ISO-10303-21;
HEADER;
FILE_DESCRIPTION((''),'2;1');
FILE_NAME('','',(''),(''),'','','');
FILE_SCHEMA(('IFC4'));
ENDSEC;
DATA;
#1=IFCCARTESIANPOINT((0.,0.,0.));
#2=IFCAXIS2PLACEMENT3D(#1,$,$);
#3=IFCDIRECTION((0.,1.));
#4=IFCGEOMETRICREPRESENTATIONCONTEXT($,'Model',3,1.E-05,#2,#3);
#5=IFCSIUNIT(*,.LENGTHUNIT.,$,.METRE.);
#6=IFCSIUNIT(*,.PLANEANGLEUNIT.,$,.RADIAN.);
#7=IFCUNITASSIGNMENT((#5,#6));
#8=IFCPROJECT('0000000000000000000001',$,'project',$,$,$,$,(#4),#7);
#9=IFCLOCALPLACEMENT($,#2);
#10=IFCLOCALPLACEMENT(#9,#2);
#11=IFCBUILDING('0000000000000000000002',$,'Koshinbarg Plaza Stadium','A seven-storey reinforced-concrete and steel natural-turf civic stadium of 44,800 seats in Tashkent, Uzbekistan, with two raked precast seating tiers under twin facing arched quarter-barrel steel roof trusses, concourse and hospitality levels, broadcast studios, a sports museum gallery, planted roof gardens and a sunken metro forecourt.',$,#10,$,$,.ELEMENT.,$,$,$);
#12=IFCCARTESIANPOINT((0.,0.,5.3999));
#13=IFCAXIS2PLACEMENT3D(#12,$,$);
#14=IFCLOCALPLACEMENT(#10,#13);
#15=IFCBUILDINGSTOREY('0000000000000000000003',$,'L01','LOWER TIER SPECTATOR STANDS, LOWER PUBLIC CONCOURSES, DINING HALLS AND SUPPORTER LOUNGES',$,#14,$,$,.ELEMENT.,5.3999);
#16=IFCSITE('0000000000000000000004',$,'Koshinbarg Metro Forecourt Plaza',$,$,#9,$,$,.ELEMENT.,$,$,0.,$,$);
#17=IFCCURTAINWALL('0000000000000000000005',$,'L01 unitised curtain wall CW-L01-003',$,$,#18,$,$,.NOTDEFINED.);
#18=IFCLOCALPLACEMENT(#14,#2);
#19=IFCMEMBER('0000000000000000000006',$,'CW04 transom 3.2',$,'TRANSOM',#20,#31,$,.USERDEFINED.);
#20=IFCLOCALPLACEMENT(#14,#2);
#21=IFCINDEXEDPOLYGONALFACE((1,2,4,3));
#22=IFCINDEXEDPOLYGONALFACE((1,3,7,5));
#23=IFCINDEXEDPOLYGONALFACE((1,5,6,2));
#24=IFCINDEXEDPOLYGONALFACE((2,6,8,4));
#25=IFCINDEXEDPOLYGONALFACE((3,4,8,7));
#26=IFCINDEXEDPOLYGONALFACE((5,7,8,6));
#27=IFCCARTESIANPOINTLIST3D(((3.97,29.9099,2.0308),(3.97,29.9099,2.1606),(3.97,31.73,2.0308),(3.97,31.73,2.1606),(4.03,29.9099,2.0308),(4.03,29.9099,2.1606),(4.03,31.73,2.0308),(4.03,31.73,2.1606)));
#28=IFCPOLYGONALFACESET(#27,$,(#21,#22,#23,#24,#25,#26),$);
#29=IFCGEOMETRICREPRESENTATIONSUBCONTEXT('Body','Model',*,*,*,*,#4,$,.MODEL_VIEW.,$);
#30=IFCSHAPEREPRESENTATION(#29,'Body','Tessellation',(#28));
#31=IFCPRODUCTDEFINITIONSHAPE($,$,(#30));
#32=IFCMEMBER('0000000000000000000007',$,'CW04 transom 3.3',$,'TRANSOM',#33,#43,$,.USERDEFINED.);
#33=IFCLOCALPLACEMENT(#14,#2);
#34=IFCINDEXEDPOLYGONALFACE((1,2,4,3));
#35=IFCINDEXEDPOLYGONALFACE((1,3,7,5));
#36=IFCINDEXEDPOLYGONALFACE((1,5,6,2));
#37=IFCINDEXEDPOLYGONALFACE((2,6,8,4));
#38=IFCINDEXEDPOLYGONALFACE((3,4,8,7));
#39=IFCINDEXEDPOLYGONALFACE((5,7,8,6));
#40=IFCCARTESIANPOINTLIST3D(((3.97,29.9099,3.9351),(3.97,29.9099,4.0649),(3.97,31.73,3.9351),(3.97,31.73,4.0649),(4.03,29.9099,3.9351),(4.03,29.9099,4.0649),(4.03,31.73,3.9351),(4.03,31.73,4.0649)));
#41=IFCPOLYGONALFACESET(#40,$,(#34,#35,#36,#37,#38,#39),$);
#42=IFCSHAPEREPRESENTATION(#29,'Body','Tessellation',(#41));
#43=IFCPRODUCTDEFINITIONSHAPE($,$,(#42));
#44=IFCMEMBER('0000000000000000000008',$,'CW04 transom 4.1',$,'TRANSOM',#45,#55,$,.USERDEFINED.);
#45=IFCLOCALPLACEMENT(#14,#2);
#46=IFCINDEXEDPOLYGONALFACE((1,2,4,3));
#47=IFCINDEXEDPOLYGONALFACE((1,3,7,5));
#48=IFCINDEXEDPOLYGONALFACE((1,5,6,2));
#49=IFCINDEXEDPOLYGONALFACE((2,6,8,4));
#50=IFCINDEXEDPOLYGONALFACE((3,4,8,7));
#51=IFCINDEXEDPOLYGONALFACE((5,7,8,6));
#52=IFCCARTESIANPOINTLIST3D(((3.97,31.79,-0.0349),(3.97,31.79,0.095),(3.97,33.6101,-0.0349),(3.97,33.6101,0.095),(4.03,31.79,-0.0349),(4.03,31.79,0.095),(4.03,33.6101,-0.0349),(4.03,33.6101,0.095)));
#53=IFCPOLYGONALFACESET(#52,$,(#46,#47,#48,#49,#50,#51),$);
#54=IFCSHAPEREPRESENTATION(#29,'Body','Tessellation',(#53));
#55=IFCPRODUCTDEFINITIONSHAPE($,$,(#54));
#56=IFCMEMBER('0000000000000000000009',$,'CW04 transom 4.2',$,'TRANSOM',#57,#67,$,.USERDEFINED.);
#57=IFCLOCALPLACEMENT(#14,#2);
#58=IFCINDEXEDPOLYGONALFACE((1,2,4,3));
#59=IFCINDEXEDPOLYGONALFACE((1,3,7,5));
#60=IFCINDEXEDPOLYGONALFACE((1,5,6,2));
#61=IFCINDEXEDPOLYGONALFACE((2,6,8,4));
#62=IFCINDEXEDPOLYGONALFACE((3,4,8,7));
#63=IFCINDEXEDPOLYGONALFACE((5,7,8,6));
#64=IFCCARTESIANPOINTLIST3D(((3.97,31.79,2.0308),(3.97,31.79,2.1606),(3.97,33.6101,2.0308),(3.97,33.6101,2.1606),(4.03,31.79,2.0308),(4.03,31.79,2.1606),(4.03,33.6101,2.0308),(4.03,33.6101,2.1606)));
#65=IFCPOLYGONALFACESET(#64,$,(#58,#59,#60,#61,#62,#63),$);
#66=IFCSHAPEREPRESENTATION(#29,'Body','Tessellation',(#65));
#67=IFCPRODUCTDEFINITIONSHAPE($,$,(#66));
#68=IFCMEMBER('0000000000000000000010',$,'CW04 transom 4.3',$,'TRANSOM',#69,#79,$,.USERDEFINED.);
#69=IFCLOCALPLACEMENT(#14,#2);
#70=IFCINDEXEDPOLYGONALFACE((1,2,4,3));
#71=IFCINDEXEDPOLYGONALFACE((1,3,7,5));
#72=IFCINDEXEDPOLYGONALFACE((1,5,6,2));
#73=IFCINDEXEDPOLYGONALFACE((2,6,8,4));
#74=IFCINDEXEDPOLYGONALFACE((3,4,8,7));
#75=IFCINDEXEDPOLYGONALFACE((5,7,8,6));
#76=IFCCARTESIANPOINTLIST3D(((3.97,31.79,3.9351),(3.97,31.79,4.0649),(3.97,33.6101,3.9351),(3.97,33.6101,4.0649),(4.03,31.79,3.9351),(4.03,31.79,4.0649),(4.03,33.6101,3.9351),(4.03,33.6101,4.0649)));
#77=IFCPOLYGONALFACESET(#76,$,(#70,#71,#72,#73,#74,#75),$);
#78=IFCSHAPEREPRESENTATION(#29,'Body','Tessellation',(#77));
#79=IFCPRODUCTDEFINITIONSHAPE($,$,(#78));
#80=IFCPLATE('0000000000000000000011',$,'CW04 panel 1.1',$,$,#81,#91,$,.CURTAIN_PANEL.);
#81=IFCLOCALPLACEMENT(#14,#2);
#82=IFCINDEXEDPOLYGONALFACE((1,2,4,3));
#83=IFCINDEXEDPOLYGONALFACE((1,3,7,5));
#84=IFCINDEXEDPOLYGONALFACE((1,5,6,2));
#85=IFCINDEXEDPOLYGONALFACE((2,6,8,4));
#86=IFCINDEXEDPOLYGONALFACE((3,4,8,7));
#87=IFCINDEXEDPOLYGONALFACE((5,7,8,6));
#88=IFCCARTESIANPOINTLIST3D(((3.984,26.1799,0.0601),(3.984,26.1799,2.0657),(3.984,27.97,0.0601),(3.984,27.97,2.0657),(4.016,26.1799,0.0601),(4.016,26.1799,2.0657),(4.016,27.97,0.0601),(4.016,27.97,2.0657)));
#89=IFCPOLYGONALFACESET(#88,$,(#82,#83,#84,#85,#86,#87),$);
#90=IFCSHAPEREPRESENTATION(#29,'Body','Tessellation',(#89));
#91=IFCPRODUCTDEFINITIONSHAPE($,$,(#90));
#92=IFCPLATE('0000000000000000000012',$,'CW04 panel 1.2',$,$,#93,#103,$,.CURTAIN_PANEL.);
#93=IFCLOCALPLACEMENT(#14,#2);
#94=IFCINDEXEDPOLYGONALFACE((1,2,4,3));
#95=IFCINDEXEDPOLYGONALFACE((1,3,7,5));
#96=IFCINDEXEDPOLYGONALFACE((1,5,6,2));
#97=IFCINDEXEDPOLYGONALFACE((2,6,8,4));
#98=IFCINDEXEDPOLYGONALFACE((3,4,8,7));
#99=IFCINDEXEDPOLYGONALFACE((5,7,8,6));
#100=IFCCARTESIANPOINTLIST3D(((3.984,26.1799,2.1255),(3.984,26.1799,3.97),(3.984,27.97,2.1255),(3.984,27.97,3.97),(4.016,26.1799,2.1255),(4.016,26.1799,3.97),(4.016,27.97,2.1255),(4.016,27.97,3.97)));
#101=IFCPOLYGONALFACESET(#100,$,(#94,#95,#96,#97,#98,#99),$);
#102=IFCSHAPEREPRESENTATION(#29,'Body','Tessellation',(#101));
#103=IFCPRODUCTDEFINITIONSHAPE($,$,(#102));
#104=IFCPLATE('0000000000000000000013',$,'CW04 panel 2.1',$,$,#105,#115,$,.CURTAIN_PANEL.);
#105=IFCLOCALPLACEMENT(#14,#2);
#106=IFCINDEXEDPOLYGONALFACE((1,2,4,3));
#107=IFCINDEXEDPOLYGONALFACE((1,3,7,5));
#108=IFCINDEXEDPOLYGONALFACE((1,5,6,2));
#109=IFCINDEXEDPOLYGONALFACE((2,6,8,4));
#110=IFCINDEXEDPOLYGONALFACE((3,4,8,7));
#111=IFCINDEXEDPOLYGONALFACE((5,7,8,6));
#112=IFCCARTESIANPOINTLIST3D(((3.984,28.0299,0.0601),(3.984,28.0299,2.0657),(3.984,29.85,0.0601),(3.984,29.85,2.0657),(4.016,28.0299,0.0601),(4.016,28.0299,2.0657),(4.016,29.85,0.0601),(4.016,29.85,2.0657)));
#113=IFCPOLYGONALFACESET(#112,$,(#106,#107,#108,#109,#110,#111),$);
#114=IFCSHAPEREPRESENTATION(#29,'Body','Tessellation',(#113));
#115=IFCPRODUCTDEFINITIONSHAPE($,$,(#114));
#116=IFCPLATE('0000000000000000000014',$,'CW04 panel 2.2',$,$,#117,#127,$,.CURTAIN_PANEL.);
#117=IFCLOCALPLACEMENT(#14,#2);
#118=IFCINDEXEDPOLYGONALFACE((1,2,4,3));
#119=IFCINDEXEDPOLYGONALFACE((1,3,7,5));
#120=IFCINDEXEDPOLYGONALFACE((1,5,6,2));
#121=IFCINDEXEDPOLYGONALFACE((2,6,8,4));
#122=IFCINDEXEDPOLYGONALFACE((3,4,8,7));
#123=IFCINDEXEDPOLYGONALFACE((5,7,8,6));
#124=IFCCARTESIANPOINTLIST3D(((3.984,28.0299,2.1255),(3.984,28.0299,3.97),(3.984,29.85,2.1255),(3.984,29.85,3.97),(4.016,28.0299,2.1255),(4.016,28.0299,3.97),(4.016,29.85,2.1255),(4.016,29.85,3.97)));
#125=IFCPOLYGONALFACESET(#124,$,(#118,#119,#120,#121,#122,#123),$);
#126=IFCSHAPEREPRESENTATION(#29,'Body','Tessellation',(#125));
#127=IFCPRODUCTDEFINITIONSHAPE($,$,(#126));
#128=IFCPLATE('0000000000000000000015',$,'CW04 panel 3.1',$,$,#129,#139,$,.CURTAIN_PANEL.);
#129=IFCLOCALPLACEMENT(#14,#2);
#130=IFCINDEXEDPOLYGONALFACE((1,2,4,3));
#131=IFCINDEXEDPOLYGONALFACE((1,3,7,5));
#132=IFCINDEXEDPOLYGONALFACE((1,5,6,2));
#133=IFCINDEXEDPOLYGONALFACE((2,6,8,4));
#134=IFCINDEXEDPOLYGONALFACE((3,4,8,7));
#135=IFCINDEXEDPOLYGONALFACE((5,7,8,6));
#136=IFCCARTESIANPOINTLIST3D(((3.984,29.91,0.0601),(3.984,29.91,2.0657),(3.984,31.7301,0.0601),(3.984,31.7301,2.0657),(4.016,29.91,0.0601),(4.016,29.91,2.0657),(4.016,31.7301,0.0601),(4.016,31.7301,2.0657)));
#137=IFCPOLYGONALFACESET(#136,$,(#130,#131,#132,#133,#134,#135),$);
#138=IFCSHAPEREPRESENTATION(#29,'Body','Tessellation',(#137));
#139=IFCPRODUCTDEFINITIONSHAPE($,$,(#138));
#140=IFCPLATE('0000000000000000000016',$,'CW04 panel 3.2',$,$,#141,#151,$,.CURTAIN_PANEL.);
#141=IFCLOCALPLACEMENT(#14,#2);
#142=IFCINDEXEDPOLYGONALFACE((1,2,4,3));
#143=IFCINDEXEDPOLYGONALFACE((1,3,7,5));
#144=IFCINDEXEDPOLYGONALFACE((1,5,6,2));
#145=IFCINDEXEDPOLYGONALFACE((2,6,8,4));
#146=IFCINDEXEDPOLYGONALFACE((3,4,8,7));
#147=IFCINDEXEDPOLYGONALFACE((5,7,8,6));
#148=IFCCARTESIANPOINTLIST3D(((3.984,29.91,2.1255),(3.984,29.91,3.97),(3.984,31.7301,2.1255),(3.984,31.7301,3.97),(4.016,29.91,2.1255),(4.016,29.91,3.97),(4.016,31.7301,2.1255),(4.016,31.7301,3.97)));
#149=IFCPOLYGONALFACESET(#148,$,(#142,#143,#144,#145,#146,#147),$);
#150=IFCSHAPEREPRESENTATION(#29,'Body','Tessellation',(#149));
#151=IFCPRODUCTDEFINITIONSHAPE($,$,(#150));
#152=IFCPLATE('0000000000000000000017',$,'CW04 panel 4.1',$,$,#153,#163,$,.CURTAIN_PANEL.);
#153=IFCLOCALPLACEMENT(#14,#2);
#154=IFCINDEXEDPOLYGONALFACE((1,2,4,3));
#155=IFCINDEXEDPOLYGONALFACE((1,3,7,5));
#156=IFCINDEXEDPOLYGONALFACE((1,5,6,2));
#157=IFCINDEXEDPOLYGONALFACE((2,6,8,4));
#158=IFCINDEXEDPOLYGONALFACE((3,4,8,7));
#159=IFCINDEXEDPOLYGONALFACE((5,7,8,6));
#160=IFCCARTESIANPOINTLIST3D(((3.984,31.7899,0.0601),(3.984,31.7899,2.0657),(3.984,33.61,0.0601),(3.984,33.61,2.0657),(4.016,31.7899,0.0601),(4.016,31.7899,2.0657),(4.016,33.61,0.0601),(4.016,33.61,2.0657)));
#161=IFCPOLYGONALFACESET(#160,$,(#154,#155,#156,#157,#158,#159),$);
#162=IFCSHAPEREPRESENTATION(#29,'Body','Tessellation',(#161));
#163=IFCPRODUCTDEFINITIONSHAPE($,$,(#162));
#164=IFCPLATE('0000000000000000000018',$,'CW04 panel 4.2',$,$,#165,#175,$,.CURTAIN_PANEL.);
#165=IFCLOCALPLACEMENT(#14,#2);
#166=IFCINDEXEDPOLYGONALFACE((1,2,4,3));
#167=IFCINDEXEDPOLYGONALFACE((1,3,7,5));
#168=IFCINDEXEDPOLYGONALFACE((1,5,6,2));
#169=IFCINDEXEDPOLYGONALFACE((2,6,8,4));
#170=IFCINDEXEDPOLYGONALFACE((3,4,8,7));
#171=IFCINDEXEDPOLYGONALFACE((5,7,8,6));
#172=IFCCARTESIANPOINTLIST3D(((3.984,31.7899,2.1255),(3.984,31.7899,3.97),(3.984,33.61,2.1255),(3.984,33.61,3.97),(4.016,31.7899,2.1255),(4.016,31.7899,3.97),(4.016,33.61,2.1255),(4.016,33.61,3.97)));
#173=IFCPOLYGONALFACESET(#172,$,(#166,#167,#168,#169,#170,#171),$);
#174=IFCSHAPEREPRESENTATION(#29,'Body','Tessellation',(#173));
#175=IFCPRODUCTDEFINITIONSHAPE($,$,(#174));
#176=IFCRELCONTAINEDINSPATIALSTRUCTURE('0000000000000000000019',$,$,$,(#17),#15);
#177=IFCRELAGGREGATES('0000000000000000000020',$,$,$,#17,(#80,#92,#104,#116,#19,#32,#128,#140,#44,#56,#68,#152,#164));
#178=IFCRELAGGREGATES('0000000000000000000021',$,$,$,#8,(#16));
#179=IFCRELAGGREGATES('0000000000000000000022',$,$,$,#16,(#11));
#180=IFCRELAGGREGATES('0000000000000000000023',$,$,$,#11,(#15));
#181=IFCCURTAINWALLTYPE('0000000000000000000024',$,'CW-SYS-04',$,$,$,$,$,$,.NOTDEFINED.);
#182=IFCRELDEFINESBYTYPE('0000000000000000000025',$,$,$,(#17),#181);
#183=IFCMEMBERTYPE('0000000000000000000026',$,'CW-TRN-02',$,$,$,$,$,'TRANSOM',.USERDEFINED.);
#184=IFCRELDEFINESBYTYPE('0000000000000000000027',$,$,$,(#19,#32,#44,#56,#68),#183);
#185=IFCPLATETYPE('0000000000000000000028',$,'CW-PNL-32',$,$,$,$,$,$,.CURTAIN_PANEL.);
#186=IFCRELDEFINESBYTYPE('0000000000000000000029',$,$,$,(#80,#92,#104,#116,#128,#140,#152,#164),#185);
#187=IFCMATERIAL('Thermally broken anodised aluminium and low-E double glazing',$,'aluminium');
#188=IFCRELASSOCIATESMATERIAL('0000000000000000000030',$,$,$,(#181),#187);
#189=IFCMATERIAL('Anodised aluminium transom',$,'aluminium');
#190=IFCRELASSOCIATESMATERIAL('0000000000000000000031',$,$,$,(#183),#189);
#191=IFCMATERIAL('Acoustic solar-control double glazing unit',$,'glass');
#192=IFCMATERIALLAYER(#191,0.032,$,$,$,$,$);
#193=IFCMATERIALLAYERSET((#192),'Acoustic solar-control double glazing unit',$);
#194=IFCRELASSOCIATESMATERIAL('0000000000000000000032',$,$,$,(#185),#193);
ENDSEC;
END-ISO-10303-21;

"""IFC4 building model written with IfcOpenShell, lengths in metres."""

from ifc_helpers import new_model, si_unit, direction, frame, origin, origin_2d, place, context, subcontext, project, spatial, rectangle, extrude, material, layer, layer_set, material_profile, profile_set, type_object, element, aggregate, save


model = new_model("IFC4")

# Units and contexts
model_context = context("Model", 3, precision=1e-05, world=origin(), true_north=direction((0.0, 1.0)))
body_context = subcontext(model_context, "Body", "Model", "MODEL_VIEW")
ifc_project = project(units=[si_unit("LENGTHUNIT", "METRE"), si_unit("PLANEANGLEUNIT", "RADIAN")], contexts=[model_context])

# Site, building, storey
site_placement = place(None, origin())
site = spatial("IfcSite", under=ifc_project, at=site_placement, Name="Koshinbarg Metro Forecourt Plaza", CompositionType="ELEMENT", RefElevation=0.0)
building_placement = place(site_placement, origin())
building = spatial("IfcBuilding", under=site, at=building_placement, Name="Koshinbarg Plaza Stadium", Description="A seven-storey reinforced-concrete and steel natural-turf civic stadium of 44,800 seats in Tashkent, Uzbekistan, with two raked precast seating tiers under twin facing arched quarter-barrel steel roof trusses, concourse and hospitality levels, broadcast studios, a sports museum gallery, planted roof gardens and a sunken metro forecourt.", CompositionType="ELEMENT")
storey_placement = place(building_placement, frame((0.0, 0.0, 5.3999)))
storey = spatial("IfcBuildingStorey", under=building, at=storey_placement, Name="L01", Description="LOWER TIER SPECTATOR STANDS, LOWER PUBLIC CONCOURSES, DINING HALLS AND SUPPORTER LOUNGES", CompositionType="ELEMENT", Elevation=5.3999)

# Curtain wall, members, plates
ifc_material_1 = material(Name="Thermally broken anodised aluminium and low-E double glazing", Category="aluminium")
curtain_wall_type = type_object("IfcCurtainWallType", Name="CW-SYS-04", PredefinedType="NOTDEFINED", material=ifc_material_1)
curtain_wall_placement = place(storey_placement, origin())
curtain_wall = element("IfcCurtainWall", 1, at=curtain_wall_placement, inside=storey, type_object=curtain_wall_type, Name="L01 unitised curtain wall CW-L01-003", PredefinedType="NOTDEFINED")
ifc_material_2 = material(Name="Anodised aluminium transom", Category="aluminium")
ifc_material_profile_1 = material_profile(ifc_material_2, rectangle(XDim=0.0601, YDim=0.1299, at=origin_2d()), Name="ALU 60x130")
ifc_profile_set_1 = profile_set([ifc_material_profile_1], Name="Anodised aluminium transom")
member_type_1 = type_object("IfcMemberType", Name="CW-TRN-02", ElementType="TRANSOM", PredefinedType="USERDEFINED", material=ifc_profile_set_1)
member_1_placement = place(storey_placement, frame((4.0, 29.9099, 2.0957), z_axis=(0.0, 1.0, 0.0), x_axis=(-1.0, 0.0, 0.0)))
member_1 = element("IfcMember", 2, at=member_1_placement, type_object=member_type_1, Name="CW04 transom 3.2", ObjectType="TRANSOM", PredefinedType="USERDEFINED", context=body_context, shape_type="SweptSolid", body=[
    extrude(rectangle(XDim=0.0601, YDim=0.1299, at=origin_2d()), origin(), (0.0, 0.0, 1.0), 1.8201),
])
member_2_placement = place(storey_placement, frame((4.0, 29.9099, 4.0), z_axis=(0.0, 1.0, 0.0), x_axis=(-1.0, 0.0, 0.0)))
member_2 = element("IfcMember", 3, at=member_2_placement, type_object=member_type_1, Name="CW04 transom 3.3", ObjectType="TRANSOM", PredefinedType="USERDEFINED", context=body_context, shape_type="SweptSolid", body=[
    extrude(rectangle(XDim=0.0601, YDim=0.1299, at=origin_2d()), origin(), (0.0, 0.0, 1.0), 1.8201),
])
member_3_placement = place(storey_placement, frame((4.0, 31.79, 0.03), z_axis=(0.0, 1.0, 0.0), x_axis=(-1.0, 0.0, 0.0)))
member_3 = element("IfcMember", 4, at=member_3_placement, type_object=member_type_1, Name="CW04 transom 4.1", ObjectType="TRANSOM", PredefinedType="USERDEFINED", context=body_context, shape_type="SweptSolid", body=[
    extrude(rectangle(XDim=0.0601, YDim=0.1299, at=origin_2d()), origin(), (0.0, 0.0, 1.0), 1.8201),
])
member_4_placement = place(storey_placement, frame((4.0, 31.79, 2.0957), z_axis=(0.0, 1.0, 0.0), x_axis=(-1.0, 0.0, 0.0)))
member_4 = element("IfcMember", 5, at=member_4_placement, type_object=member_type_1, Name="CW04 transom 4.2", ObjectType="TRANSOM", PredefinedType="USERDEFINED", context=body_context, shape_type="SweptSolid", body=[
    extrude(rectangle(XDim=0.0601, YDim=0.1299, at=origin_2d()), origin(), (0.0, 0.0, 1.0), 1.8201),
])
member_5_placement = place(storey_placement, frame((4.0, 31.79, 4.0), z_axis=(0.0, 1.0, 0.0), x_axis=(-1.0, 0.0, 0.0)))
member_5 = element("IfcMember", 6, at=member_5_placement, type_object=member_type_1, Name="CW04 transom 4.3", ObjectType="TRANSOM", PredefinedType="USERDEFINED", context=body_context, shape_type="SweptSolid", body=[
    extrude(rectangle(XDim=0.0601, YDim=0.1299, at=origin_2d()), origin(), (0.0, 0.0, 1.0), 1.8201),
])
ifc_material_3 = material(Name="Acoustic solar-control double glazing unit", Category="glass")
ifc_layer = layer(ifc_material_3, 0.032)
ifc_layer_set = layer_set([ifc_layer], Name="Acoustic solar-control double glazing unit")
plate_type = type_object("IfcPlateType", Name="CW-PNL-32", PredefinedType="CURTAIN_PANEL", material=ifc_layer_set)
plate_1_placement = place(storey_placement, frame((4.0, 27.075, 0.0601), z_axis=(0.0, 0.0, 1.0), x_axis=(0.0, 1.0, 0.0)))
plate_1 = element("IfcPlate", 7, at=plate_1_placement, type_object=plate_type, Name="CW04 panel 1.1", PredefinedType="CURTAIN_PANEL", context=body_context, shape_type="SweptSolid", body=[
    extrude(rectangle(XDim=1.79, YDim=0.032, at=origin_2d()), origin(), (0.0, 0.0, 1.0), 2.0056),
])
plate_2_placement = place(storey_placement, frame((4.0, 27.075, 2.1255), z_axis=(0.0, 0.0, 1.0), x_axis=(0.0, 1.0, 0.0)))
plate_2 = element("IfcPlate", 8, at=plate_2_placement, type_object=plate_type, Name="CW04 panel 1.2", PredefinedType="CURTAIN_PANEL", context=body_context, shape_type="SweptSolid", body=[
    extrude(rectangle(XDim=1.79, YDim=0.032, at=origin_2d()), origin(), (0.0, 0.0, 1.0), 1.8445),
])
plate_3_placement = place(storey_placement, frame((4.0, 28.9399, 0.0601), z_axis=(0.0, 0.0, 1.0), x_axis=(0.0, 1.0, 0.0)))
plate_3 = element("IfcPlate", 9, at=plate_3_placement, type_object=plate_type, Name="CW04 panel 2.1", PredefinedType="CURTAIN_PANEL", context=body_context, shape_type="SweptSolid", body=[
    extrude(rectangle(XDim=1.8201, YDim=0.032, at=origin_2d()), origin(), (0.0, 0.0, 1.0), 2.0056),
])
plate_4_placement = place(storey_placement, frame((4.0, 28.9399, 2.1255), z_axis=(0.0, 0.0, 1.0), x_axis=(0.0, 1.0, 0.0)))
plate_4 = element("IfcPlate", 10, at=plate_4_placement, type_object=plate_type, Name="CW04 panel 2.2", PredefinedType="CURTAIN_PANEL", context=body_context, shape_type="SweptSolid", body=[
    extrude(rectangle(XDim=1.8201, YDim=0.032, at=origin_2d()), origin(), (0.0, 0.0, 1.0), 1.8445),
])
plate_5_placement = place(storey_placement, frame((4.0, 30.8201, 0.0601), z_axis=(0.0, 0.0, 1.0), x_axis=(0.0, 1.0, 0.0)))
plate_5 = element("IfcPlate", 11, at=plate_5_placement, type_object=plate_type, Name="CW04 panel 3.1", PredefinedType="CURTAIN_PANEL", context=body_context, shape_type="SweptSolid", body=[
    extrude(rectangle(XDim=1.8201, YDim=0.032, at=origin_2d()), origin(), (0.0, 0.0, 1.0), 2.0056),
])
plate_6_placement = place(storey_placement, frame((4.0, 30.8201, 2.1255), z_axis=(0.0, 0.0, 1.0), x_axis=(0.0, 1.0, 0.0)))
plate_6 = element("IfcPlate", 12, at=plate_6_placement, type_object=plate_type, Name="CW04 panel 3.2", PredefinedType="CURTAIN_PANEL", context=body_context, shape_type="SweptSolid", body=[
    extrude(rectangle(XDim=1.8201, YDim=0.032, at=origin_2d()), origin(), (0.0, 0.0, 1.0), 1.8445),
])
plate_7_placement = place(storey_placement, frame((4.0, 32.7, 0.0601), z_axis=(0.0, 0.0, 1.0), x_axis=(0.0, 1.0, 0.0)))
plate_7 = element("IfcPlate", 13, at=plate_7_placement, type_object=plate_type, Name="CW04 panel 4.1", PredefinedType="CURTAIN_PANEL", context=body_context, shape_type="SweptSolid", body=[
    extrude(rectangle(XDim=1.8201, YDim=0.032, at=origin_2d()), origin(), (0.0, 0.0, 1.0), 2.0056),
])
plate_8_placement = place(storey_placement, frame((4.0, 32.7, 2.1255), z_axis=(0.0, 0.0, 1.0), x_axis=(0.0, 1.0, 0.0)))
plate_8 = element("IfcPlate", 14, at=plate_8_placement, type_object=plate_type, Name="CW04 panel 4.2", PredefinedType="CURTAIN_PANEL", context=body_context, shape_type="SweptSolid", body=[
    extrude(rectangle(XDim=1.8201, YDim=0.032, at=origin_2d()), origin(), (0.0, 0.0, 1.0), 1.8445),
])
aggregate(curtain_wall, [plate_1, plate_2, plate_3, plate_4, member_1, member_2, plate_5, plate_6, member_3, member_4, member_5, plate_7, plate_8])

save(model, "model.ifc")
